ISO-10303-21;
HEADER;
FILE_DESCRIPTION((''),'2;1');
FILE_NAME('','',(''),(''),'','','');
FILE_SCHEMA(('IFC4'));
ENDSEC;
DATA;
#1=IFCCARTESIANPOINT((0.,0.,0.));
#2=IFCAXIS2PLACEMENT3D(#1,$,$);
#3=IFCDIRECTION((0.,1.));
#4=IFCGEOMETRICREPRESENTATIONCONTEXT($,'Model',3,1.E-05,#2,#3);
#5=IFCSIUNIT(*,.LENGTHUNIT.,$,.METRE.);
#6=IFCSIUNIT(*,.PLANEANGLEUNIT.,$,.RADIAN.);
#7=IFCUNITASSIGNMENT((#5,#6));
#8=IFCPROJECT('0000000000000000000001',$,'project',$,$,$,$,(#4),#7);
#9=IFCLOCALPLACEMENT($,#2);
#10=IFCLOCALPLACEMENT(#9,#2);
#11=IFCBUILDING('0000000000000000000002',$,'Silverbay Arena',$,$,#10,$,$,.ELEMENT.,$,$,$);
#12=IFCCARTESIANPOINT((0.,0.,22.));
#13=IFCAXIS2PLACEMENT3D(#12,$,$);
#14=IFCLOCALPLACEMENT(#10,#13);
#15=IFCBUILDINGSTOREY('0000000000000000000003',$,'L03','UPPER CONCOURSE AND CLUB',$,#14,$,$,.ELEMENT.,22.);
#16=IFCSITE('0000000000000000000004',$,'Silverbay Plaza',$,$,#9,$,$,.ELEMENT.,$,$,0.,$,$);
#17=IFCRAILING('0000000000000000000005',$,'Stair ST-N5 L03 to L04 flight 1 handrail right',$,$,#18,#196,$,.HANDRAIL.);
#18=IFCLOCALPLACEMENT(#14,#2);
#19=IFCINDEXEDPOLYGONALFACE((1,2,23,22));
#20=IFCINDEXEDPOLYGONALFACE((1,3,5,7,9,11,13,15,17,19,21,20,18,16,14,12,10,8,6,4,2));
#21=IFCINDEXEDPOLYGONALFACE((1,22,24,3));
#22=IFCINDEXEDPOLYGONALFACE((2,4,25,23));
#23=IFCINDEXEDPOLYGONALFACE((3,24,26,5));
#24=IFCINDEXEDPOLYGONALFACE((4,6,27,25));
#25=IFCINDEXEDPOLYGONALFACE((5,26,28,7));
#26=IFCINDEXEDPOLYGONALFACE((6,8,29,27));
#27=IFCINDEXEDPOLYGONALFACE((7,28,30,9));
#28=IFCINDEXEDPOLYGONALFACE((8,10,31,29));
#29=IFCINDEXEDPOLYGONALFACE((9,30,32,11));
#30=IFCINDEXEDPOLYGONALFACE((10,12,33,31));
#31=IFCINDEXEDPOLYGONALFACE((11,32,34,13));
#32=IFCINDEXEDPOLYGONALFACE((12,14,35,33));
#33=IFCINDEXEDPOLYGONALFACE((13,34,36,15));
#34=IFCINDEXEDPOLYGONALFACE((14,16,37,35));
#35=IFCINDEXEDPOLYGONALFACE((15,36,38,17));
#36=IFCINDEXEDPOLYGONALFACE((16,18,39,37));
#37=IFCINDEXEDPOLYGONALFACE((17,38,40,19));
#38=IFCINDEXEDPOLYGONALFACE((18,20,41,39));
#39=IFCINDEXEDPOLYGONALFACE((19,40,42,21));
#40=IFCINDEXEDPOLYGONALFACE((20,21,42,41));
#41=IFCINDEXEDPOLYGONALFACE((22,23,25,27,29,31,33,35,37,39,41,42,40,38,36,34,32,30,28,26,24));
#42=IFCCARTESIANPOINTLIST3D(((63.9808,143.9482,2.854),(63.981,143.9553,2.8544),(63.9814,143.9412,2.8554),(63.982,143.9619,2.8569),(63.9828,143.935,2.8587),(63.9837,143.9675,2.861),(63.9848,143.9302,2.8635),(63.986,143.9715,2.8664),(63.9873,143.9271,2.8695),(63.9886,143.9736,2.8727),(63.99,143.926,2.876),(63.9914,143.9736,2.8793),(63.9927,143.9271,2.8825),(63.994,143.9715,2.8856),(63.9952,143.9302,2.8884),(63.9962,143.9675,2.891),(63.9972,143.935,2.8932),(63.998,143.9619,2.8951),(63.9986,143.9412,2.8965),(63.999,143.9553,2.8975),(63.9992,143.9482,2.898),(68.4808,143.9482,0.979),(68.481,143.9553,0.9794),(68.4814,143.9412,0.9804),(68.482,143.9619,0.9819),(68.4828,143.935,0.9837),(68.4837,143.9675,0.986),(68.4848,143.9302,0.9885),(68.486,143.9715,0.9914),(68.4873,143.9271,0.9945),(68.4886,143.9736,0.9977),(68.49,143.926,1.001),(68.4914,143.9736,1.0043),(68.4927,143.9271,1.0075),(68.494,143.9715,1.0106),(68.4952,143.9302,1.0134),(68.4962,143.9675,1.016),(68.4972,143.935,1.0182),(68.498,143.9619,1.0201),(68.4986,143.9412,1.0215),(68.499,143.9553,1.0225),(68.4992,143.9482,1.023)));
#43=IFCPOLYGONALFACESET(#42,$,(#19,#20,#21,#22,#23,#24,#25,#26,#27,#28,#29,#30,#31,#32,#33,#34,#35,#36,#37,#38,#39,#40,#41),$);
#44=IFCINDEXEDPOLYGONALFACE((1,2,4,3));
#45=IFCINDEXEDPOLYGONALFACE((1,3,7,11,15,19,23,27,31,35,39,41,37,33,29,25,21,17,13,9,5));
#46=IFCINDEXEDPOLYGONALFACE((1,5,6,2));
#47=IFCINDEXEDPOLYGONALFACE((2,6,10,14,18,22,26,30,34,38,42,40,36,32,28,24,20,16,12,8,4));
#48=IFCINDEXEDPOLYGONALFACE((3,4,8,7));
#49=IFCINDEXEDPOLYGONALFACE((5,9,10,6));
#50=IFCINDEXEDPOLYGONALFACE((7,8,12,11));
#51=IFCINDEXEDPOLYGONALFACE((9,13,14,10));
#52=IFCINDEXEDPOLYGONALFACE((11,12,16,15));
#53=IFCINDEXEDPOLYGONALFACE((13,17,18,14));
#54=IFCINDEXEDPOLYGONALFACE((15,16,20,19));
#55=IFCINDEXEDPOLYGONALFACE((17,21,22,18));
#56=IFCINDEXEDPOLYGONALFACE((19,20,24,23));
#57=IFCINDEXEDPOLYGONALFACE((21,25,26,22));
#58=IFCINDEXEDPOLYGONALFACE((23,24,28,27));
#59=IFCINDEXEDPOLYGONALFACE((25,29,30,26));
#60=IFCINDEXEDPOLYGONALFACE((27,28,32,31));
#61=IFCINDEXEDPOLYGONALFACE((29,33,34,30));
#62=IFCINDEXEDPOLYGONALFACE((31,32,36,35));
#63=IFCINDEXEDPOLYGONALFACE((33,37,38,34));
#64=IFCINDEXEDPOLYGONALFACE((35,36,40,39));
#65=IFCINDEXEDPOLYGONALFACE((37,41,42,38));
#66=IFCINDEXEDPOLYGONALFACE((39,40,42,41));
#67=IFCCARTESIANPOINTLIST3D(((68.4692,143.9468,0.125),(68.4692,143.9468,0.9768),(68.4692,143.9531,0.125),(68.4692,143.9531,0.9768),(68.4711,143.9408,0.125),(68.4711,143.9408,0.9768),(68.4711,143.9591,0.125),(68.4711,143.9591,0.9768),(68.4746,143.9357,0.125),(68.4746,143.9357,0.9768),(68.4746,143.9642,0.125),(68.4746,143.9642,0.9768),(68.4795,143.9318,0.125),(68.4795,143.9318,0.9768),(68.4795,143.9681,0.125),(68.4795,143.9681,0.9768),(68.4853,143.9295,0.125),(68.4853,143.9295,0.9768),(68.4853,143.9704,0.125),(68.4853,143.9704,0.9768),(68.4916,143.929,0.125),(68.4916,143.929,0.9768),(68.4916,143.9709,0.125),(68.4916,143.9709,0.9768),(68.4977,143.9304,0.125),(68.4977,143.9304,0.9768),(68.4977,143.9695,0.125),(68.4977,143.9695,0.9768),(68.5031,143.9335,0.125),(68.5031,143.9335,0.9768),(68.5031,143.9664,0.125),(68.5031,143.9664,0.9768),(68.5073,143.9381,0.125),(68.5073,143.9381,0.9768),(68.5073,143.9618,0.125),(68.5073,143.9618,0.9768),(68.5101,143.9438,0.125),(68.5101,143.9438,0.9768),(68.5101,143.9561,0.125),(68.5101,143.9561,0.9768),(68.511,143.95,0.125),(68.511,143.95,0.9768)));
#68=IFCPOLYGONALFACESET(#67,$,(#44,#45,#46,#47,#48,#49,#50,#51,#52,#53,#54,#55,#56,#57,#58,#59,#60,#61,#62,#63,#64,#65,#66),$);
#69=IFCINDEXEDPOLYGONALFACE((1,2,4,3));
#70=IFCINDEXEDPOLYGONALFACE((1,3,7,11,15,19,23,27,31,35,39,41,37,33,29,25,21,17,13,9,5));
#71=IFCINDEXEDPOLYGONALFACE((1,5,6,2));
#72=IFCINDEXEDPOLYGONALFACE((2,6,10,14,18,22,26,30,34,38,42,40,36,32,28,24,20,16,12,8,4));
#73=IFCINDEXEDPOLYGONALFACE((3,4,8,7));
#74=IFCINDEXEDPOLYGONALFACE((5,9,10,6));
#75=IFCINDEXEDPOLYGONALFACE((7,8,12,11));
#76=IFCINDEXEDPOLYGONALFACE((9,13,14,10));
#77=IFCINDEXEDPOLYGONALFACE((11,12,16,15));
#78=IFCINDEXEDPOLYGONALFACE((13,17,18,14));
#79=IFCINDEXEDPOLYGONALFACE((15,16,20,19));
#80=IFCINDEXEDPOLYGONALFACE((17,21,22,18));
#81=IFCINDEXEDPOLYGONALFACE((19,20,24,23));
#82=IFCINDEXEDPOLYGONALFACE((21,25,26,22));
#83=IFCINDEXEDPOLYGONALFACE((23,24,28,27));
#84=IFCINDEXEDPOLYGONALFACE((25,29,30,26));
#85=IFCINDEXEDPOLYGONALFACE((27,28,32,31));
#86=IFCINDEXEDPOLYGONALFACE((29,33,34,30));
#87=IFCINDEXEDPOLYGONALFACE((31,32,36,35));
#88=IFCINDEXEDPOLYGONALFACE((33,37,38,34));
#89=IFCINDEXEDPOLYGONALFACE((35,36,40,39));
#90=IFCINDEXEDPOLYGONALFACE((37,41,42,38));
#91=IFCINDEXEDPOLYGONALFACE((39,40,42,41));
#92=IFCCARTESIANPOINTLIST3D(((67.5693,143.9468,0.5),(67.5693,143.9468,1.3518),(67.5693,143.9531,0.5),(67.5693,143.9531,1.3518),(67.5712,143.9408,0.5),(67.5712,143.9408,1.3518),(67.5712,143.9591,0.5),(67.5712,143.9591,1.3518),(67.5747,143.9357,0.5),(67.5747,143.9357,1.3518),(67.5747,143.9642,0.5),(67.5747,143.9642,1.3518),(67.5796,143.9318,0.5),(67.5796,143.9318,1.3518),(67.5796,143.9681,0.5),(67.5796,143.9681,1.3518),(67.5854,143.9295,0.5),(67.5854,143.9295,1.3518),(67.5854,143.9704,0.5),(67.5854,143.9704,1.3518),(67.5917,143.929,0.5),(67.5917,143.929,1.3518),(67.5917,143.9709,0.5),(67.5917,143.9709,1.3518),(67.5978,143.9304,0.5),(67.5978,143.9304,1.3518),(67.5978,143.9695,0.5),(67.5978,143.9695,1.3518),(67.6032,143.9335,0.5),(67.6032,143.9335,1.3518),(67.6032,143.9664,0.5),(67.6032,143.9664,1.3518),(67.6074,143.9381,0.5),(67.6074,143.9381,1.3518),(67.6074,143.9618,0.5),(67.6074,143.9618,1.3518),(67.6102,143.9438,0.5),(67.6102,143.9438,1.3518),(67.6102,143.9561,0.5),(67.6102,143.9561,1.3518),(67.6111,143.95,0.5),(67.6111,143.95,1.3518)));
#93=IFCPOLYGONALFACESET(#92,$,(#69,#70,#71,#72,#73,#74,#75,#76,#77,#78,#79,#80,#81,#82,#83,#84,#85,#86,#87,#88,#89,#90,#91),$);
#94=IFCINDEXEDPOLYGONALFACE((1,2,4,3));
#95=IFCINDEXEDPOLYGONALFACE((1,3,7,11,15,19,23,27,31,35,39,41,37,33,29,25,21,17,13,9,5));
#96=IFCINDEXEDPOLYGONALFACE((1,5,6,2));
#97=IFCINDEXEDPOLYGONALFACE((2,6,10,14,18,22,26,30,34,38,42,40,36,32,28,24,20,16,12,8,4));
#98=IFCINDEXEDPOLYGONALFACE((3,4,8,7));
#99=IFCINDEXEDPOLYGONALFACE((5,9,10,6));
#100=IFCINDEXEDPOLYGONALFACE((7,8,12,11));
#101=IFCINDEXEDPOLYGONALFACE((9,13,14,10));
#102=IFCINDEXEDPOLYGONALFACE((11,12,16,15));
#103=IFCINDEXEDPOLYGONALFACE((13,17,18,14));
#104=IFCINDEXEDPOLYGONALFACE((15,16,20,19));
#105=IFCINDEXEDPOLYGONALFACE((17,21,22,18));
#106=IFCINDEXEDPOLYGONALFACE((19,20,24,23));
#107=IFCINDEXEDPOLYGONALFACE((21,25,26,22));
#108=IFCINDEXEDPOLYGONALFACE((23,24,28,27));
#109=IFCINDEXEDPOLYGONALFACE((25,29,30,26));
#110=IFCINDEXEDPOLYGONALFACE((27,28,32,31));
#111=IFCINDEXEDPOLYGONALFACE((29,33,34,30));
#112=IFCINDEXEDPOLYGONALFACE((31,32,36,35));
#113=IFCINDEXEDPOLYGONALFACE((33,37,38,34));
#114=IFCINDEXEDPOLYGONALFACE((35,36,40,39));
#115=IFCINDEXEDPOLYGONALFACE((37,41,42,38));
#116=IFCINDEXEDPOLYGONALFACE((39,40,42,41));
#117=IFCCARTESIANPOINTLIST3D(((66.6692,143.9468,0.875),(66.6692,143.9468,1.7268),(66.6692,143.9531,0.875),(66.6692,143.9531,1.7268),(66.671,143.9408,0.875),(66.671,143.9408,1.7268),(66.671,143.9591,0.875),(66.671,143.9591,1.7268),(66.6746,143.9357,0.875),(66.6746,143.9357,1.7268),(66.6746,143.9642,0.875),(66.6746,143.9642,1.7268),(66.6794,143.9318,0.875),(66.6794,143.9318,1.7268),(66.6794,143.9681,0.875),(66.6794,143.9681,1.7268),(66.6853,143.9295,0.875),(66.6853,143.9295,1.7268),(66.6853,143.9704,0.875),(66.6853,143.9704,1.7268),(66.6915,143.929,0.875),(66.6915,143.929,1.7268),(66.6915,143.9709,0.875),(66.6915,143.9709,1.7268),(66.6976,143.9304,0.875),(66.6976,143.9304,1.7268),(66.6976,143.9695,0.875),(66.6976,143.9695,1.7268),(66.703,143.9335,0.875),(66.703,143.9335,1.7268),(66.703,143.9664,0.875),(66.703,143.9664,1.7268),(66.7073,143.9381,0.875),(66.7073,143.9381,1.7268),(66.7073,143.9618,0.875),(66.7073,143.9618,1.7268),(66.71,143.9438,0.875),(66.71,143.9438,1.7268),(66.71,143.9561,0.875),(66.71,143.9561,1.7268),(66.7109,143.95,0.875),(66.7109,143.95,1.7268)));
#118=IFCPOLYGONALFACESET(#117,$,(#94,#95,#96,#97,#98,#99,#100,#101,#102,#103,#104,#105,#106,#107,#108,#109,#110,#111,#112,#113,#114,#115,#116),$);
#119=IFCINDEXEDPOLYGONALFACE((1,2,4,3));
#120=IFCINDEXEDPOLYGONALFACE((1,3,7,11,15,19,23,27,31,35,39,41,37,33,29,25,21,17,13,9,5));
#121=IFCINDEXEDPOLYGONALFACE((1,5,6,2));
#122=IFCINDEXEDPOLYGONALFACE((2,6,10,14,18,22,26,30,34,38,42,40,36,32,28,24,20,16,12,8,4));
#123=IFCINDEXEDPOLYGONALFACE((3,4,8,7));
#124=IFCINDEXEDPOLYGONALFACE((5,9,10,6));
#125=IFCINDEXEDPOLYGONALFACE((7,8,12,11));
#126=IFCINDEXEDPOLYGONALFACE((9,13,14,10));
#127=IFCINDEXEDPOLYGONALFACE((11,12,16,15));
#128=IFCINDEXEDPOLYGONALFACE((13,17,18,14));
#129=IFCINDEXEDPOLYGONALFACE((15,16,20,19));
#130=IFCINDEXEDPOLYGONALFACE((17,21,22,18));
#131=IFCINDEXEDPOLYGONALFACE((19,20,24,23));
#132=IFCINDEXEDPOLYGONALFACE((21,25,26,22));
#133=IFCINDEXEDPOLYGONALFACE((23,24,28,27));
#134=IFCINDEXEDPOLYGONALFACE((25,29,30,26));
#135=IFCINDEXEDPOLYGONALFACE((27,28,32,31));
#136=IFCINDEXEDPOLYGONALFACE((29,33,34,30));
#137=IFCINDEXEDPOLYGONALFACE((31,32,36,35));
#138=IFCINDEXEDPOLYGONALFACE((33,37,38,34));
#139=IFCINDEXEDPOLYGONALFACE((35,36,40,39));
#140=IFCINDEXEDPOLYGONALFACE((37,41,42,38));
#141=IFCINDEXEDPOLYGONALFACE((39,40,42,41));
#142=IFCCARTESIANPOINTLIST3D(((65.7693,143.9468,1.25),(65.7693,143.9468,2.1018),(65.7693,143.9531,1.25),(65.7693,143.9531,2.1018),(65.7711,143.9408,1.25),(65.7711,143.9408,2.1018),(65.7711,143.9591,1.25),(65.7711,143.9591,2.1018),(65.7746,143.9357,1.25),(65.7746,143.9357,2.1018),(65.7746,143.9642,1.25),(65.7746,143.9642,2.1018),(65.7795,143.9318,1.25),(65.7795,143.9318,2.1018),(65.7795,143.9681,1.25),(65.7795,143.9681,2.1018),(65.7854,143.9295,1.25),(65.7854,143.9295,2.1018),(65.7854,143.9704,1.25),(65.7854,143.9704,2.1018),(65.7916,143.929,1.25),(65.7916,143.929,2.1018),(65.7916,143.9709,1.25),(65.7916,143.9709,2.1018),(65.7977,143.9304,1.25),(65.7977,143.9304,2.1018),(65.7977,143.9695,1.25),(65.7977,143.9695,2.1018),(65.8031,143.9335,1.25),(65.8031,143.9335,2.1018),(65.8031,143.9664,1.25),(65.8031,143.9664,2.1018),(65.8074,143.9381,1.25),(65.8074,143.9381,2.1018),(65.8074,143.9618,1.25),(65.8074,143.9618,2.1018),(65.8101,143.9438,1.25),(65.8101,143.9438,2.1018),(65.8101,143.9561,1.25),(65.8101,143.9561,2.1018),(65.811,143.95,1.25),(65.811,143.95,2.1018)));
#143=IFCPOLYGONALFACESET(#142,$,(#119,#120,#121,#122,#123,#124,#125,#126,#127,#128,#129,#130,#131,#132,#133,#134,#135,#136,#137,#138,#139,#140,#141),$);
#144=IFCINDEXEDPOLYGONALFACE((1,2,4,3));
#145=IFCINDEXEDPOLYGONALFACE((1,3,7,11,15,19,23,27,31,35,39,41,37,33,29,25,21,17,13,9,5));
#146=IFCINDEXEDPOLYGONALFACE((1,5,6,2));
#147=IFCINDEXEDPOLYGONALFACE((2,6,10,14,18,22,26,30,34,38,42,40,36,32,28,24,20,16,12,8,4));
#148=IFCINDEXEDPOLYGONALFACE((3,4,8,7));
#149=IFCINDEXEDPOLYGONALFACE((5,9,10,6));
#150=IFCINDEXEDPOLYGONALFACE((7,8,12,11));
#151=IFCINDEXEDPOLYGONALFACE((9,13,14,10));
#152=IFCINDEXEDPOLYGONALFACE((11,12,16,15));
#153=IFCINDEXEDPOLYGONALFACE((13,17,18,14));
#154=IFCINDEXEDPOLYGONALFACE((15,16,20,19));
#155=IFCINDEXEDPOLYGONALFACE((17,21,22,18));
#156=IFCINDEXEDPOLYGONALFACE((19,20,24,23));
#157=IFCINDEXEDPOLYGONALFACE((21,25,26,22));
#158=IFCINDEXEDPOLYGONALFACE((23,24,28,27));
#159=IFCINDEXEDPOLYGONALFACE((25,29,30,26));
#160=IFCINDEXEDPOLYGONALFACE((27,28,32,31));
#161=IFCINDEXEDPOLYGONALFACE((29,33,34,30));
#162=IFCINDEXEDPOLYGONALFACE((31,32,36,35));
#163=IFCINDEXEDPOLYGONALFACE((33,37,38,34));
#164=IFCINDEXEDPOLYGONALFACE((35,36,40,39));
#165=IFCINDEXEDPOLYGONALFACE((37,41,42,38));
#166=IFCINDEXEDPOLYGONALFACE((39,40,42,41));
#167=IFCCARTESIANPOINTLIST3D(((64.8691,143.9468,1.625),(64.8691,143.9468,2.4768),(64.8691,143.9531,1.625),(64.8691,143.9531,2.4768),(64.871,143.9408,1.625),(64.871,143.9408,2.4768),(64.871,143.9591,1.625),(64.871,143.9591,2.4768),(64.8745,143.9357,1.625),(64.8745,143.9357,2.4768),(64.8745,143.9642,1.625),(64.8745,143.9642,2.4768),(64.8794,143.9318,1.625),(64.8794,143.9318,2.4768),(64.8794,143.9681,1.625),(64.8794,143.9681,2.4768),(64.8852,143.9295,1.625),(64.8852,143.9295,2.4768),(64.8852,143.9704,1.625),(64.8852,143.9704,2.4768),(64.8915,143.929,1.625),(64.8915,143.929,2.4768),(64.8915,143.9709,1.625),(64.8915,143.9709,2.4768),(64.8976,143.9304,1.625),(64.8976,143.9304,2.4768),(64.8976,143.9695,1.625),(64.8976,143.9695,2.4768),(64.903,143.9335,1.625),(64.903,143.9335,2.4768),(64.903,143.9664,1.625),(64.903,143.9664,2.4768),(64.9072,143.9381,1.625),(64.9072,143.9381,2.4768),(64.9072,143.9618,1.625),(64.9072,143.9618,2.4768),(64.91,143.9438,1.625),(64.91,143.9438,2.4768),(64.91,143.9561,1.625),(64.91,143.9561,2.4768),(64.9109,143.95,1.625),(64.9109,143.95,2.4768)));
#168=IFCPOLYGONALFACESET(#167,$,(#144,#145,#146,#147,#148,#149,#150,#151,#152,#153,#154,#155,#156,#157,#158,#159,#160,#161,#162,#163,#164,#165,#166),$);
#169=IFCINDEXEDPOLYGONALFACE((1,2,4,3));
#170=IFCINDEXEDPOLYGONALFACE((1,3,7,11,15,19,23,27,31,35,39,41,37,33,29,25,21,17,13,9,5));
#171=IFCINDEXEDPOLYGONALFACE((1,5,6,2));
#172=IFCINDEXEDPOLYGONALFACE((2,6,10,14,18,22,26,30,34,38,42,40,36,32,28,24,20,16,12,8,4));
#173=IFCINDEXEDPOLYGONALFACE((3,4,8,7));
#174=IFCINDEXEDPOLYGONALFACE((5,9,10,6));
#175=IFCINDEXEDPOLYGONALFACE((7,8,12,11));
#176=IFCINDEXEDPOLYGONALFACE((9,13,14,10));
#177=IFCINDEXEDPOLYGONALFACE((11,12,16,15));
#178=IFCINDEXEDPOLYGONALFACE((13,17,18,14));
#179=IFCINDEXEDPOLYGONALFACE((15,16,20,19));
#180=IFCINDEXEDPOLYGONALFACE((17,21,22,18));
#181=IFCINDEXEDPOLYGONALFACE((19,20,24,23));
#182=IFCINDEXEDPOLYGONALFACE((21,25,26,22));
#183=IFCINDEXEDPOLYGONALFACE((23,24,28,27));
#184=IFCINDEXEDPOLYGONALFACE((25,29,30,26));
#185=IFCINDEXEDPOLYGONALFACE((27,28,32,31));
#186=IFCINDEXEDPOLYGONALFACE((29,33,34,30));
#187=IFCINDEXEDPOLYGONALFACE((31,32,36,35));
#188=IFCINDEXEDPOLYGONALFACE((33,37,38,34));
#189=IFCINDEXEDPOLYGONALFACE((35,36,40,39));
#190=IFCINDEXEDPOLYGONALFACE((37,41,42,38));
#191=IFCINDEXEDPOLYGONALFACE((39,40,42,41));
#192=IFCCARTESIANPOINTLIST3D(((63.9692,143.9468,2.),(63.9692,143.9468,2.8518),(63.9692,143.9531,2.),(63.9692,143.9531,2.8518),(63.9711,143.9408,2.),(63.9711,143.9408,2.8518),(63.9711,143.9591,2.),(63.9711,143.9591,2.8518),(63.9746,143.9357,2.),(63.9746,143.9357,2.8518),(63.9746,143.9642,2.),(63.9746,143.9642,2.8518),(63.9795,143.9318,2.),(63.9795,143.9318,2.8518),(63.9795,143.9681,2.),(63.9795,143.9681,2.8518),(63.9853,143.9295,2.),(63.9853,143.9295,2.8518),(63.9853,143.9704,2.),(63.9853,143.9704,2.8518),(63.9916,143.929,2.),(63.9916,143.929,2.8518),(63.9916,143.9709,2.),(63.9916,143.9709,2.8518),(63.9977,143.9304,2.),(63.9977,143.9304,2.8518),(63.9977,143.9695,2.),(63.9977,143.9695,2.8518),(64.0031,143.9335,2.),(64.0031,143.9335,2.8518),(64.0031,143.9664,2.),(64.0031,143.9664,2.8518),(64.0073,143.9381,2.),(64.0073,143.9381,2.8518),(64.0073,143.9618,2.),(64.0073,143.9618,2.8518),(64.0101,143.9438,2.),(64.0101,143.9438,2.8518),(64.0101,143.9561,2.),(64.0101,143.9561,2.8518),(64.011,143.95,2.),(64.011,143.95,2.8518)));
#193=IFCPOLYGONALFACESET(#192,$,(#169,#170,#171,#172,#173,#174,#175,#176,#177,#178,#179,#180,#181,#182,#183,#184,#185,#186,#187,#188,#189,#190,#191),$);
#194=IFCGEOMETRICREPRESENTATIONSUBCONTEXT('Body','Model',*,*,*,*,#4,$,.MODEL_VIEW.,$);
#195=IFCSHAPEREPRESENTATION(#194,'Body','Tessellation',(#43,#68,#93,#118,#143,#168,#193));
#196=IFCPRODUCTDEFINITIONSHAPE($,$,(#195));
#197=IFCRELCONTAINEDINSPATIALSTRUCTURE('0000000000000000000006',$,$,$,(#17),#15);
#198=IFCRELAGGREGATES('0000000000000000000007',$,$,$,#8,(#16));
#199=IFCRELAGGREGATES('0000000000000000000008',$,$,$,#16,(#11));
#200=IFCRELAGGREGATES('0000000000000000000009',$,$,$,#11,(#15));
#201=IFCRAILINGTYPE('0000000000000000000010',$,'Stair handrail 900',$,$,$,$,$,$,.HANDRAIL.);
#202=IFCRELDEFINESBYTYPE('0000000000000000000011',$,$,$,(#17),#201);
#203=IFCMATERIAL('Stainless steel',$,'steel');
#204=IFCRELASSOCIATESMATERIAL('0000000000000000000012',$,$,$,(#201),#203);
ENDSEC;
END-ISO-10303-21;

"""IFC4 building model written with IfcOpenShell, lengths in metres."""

from ifc_helpers import new_model, si_unit, direction, frame, origin, origin_2d, place, context, subcontext, project, spatial, circle, extrude, material, type_object, element, save


model = new_model("IFC4")

# Units and contexts
model_context = context("Model", 3, precision=1e-05, world=origin(), true_north=direction((0.0, 1.0)))
body_context = subcontext(model_context, "Body", "Model", "MODEL_VIEW")
ifc_project = project(units=[si_unit("LENGTHUNIT", "METRE"), si_unit("PLANEANGLEUNIT", "RADIAN")], contexts=[model_context])

# Site, building, storey
site_placement = place(None, origin())
site = spatial("IfcSite", under=ifc_project, at=site_placement, Name="Silverbay Plaza", CompositionType="ELEMENT", RefElevation=0.0)
building_placement = place(site_placement, origin())
building = spatial("IfcBuilding", under=site, at=building_placement, Name="Silverbay Arena", CompositionType="ELEMENT")
storey_placement = place(building_placement, frame((0.0, 0.0, 22.0)))
storey = spatial("IfcBuildingStorey", under=building, at=storey_placement, Name="L03", Description="UPPER CONCOURSE AND CLUB", CompositionType="ELEMENT", Elevation=22.0)

# Railing
ifc_material_1 = material(Name="Stainless steel", Category="steel")
railing_type_1 = type_object("IfcRailingType", Name="Stair handrail 900", PredefinedType="HANDRAIL", material=ifc_material_1)
for number, where, name in (
    (1, (68.49, 143.95, 0.125), "Stair ST-N5 L03 to L04 flight 1 handrail right"),
):
    element("IfcRailing", number, at=place(storey_placement, frame(where)), inside=storey, type_object=railing_type_1, Name=name, PredefinedType="HANDRAIL", context=body_context, shape_type="SweptSolid", body=[
        extrude(circle(Radius=0.0239, at=origin_2d()), frame((0.0, 0.0, 0.876), z_axis=(-0.923077, 0.0, 0.384615), x_axis=(0.0, -1.0, 0.0)), (0.0, 0.0, 1.0), 4.875),
        extrude(circle(Radius=0.021, at=origin_2d()), origin(), (0.0, 0.0, 1.0), 0.8518),
        extrude(circle(Radius=0.021, at=origin_2d()), frame((-0.8999, 0.0, 0.375)), (0.0, 0.0, 1.0), 0.8518),
        extrude(circle(Radius=0.021, at=origin_2d()), frame((-1.8, 0.0, 0.75)), (0.0, 0.0, 1.0), 0.8518),
        extrude(circle(Radius=0.021, at=origin_2d()), frame((-2.7, 0.0, 1.125)), (0.0, 0.0, 1.0), 0.8518),
        extrude(circle(Radius=0.021, at=origin_2d()), frame((-3.6001, 0.0, 1.5)), (0.0, 0.0, 1.0), 0.8518),
        extrude(circle(Radius=0.021, at=origin_2d()), frame((-4.5, 0.0, 1.875)), (0.0, 0.0, 1.0), 0.8518),
    ])

save(model, "model.ifc")
